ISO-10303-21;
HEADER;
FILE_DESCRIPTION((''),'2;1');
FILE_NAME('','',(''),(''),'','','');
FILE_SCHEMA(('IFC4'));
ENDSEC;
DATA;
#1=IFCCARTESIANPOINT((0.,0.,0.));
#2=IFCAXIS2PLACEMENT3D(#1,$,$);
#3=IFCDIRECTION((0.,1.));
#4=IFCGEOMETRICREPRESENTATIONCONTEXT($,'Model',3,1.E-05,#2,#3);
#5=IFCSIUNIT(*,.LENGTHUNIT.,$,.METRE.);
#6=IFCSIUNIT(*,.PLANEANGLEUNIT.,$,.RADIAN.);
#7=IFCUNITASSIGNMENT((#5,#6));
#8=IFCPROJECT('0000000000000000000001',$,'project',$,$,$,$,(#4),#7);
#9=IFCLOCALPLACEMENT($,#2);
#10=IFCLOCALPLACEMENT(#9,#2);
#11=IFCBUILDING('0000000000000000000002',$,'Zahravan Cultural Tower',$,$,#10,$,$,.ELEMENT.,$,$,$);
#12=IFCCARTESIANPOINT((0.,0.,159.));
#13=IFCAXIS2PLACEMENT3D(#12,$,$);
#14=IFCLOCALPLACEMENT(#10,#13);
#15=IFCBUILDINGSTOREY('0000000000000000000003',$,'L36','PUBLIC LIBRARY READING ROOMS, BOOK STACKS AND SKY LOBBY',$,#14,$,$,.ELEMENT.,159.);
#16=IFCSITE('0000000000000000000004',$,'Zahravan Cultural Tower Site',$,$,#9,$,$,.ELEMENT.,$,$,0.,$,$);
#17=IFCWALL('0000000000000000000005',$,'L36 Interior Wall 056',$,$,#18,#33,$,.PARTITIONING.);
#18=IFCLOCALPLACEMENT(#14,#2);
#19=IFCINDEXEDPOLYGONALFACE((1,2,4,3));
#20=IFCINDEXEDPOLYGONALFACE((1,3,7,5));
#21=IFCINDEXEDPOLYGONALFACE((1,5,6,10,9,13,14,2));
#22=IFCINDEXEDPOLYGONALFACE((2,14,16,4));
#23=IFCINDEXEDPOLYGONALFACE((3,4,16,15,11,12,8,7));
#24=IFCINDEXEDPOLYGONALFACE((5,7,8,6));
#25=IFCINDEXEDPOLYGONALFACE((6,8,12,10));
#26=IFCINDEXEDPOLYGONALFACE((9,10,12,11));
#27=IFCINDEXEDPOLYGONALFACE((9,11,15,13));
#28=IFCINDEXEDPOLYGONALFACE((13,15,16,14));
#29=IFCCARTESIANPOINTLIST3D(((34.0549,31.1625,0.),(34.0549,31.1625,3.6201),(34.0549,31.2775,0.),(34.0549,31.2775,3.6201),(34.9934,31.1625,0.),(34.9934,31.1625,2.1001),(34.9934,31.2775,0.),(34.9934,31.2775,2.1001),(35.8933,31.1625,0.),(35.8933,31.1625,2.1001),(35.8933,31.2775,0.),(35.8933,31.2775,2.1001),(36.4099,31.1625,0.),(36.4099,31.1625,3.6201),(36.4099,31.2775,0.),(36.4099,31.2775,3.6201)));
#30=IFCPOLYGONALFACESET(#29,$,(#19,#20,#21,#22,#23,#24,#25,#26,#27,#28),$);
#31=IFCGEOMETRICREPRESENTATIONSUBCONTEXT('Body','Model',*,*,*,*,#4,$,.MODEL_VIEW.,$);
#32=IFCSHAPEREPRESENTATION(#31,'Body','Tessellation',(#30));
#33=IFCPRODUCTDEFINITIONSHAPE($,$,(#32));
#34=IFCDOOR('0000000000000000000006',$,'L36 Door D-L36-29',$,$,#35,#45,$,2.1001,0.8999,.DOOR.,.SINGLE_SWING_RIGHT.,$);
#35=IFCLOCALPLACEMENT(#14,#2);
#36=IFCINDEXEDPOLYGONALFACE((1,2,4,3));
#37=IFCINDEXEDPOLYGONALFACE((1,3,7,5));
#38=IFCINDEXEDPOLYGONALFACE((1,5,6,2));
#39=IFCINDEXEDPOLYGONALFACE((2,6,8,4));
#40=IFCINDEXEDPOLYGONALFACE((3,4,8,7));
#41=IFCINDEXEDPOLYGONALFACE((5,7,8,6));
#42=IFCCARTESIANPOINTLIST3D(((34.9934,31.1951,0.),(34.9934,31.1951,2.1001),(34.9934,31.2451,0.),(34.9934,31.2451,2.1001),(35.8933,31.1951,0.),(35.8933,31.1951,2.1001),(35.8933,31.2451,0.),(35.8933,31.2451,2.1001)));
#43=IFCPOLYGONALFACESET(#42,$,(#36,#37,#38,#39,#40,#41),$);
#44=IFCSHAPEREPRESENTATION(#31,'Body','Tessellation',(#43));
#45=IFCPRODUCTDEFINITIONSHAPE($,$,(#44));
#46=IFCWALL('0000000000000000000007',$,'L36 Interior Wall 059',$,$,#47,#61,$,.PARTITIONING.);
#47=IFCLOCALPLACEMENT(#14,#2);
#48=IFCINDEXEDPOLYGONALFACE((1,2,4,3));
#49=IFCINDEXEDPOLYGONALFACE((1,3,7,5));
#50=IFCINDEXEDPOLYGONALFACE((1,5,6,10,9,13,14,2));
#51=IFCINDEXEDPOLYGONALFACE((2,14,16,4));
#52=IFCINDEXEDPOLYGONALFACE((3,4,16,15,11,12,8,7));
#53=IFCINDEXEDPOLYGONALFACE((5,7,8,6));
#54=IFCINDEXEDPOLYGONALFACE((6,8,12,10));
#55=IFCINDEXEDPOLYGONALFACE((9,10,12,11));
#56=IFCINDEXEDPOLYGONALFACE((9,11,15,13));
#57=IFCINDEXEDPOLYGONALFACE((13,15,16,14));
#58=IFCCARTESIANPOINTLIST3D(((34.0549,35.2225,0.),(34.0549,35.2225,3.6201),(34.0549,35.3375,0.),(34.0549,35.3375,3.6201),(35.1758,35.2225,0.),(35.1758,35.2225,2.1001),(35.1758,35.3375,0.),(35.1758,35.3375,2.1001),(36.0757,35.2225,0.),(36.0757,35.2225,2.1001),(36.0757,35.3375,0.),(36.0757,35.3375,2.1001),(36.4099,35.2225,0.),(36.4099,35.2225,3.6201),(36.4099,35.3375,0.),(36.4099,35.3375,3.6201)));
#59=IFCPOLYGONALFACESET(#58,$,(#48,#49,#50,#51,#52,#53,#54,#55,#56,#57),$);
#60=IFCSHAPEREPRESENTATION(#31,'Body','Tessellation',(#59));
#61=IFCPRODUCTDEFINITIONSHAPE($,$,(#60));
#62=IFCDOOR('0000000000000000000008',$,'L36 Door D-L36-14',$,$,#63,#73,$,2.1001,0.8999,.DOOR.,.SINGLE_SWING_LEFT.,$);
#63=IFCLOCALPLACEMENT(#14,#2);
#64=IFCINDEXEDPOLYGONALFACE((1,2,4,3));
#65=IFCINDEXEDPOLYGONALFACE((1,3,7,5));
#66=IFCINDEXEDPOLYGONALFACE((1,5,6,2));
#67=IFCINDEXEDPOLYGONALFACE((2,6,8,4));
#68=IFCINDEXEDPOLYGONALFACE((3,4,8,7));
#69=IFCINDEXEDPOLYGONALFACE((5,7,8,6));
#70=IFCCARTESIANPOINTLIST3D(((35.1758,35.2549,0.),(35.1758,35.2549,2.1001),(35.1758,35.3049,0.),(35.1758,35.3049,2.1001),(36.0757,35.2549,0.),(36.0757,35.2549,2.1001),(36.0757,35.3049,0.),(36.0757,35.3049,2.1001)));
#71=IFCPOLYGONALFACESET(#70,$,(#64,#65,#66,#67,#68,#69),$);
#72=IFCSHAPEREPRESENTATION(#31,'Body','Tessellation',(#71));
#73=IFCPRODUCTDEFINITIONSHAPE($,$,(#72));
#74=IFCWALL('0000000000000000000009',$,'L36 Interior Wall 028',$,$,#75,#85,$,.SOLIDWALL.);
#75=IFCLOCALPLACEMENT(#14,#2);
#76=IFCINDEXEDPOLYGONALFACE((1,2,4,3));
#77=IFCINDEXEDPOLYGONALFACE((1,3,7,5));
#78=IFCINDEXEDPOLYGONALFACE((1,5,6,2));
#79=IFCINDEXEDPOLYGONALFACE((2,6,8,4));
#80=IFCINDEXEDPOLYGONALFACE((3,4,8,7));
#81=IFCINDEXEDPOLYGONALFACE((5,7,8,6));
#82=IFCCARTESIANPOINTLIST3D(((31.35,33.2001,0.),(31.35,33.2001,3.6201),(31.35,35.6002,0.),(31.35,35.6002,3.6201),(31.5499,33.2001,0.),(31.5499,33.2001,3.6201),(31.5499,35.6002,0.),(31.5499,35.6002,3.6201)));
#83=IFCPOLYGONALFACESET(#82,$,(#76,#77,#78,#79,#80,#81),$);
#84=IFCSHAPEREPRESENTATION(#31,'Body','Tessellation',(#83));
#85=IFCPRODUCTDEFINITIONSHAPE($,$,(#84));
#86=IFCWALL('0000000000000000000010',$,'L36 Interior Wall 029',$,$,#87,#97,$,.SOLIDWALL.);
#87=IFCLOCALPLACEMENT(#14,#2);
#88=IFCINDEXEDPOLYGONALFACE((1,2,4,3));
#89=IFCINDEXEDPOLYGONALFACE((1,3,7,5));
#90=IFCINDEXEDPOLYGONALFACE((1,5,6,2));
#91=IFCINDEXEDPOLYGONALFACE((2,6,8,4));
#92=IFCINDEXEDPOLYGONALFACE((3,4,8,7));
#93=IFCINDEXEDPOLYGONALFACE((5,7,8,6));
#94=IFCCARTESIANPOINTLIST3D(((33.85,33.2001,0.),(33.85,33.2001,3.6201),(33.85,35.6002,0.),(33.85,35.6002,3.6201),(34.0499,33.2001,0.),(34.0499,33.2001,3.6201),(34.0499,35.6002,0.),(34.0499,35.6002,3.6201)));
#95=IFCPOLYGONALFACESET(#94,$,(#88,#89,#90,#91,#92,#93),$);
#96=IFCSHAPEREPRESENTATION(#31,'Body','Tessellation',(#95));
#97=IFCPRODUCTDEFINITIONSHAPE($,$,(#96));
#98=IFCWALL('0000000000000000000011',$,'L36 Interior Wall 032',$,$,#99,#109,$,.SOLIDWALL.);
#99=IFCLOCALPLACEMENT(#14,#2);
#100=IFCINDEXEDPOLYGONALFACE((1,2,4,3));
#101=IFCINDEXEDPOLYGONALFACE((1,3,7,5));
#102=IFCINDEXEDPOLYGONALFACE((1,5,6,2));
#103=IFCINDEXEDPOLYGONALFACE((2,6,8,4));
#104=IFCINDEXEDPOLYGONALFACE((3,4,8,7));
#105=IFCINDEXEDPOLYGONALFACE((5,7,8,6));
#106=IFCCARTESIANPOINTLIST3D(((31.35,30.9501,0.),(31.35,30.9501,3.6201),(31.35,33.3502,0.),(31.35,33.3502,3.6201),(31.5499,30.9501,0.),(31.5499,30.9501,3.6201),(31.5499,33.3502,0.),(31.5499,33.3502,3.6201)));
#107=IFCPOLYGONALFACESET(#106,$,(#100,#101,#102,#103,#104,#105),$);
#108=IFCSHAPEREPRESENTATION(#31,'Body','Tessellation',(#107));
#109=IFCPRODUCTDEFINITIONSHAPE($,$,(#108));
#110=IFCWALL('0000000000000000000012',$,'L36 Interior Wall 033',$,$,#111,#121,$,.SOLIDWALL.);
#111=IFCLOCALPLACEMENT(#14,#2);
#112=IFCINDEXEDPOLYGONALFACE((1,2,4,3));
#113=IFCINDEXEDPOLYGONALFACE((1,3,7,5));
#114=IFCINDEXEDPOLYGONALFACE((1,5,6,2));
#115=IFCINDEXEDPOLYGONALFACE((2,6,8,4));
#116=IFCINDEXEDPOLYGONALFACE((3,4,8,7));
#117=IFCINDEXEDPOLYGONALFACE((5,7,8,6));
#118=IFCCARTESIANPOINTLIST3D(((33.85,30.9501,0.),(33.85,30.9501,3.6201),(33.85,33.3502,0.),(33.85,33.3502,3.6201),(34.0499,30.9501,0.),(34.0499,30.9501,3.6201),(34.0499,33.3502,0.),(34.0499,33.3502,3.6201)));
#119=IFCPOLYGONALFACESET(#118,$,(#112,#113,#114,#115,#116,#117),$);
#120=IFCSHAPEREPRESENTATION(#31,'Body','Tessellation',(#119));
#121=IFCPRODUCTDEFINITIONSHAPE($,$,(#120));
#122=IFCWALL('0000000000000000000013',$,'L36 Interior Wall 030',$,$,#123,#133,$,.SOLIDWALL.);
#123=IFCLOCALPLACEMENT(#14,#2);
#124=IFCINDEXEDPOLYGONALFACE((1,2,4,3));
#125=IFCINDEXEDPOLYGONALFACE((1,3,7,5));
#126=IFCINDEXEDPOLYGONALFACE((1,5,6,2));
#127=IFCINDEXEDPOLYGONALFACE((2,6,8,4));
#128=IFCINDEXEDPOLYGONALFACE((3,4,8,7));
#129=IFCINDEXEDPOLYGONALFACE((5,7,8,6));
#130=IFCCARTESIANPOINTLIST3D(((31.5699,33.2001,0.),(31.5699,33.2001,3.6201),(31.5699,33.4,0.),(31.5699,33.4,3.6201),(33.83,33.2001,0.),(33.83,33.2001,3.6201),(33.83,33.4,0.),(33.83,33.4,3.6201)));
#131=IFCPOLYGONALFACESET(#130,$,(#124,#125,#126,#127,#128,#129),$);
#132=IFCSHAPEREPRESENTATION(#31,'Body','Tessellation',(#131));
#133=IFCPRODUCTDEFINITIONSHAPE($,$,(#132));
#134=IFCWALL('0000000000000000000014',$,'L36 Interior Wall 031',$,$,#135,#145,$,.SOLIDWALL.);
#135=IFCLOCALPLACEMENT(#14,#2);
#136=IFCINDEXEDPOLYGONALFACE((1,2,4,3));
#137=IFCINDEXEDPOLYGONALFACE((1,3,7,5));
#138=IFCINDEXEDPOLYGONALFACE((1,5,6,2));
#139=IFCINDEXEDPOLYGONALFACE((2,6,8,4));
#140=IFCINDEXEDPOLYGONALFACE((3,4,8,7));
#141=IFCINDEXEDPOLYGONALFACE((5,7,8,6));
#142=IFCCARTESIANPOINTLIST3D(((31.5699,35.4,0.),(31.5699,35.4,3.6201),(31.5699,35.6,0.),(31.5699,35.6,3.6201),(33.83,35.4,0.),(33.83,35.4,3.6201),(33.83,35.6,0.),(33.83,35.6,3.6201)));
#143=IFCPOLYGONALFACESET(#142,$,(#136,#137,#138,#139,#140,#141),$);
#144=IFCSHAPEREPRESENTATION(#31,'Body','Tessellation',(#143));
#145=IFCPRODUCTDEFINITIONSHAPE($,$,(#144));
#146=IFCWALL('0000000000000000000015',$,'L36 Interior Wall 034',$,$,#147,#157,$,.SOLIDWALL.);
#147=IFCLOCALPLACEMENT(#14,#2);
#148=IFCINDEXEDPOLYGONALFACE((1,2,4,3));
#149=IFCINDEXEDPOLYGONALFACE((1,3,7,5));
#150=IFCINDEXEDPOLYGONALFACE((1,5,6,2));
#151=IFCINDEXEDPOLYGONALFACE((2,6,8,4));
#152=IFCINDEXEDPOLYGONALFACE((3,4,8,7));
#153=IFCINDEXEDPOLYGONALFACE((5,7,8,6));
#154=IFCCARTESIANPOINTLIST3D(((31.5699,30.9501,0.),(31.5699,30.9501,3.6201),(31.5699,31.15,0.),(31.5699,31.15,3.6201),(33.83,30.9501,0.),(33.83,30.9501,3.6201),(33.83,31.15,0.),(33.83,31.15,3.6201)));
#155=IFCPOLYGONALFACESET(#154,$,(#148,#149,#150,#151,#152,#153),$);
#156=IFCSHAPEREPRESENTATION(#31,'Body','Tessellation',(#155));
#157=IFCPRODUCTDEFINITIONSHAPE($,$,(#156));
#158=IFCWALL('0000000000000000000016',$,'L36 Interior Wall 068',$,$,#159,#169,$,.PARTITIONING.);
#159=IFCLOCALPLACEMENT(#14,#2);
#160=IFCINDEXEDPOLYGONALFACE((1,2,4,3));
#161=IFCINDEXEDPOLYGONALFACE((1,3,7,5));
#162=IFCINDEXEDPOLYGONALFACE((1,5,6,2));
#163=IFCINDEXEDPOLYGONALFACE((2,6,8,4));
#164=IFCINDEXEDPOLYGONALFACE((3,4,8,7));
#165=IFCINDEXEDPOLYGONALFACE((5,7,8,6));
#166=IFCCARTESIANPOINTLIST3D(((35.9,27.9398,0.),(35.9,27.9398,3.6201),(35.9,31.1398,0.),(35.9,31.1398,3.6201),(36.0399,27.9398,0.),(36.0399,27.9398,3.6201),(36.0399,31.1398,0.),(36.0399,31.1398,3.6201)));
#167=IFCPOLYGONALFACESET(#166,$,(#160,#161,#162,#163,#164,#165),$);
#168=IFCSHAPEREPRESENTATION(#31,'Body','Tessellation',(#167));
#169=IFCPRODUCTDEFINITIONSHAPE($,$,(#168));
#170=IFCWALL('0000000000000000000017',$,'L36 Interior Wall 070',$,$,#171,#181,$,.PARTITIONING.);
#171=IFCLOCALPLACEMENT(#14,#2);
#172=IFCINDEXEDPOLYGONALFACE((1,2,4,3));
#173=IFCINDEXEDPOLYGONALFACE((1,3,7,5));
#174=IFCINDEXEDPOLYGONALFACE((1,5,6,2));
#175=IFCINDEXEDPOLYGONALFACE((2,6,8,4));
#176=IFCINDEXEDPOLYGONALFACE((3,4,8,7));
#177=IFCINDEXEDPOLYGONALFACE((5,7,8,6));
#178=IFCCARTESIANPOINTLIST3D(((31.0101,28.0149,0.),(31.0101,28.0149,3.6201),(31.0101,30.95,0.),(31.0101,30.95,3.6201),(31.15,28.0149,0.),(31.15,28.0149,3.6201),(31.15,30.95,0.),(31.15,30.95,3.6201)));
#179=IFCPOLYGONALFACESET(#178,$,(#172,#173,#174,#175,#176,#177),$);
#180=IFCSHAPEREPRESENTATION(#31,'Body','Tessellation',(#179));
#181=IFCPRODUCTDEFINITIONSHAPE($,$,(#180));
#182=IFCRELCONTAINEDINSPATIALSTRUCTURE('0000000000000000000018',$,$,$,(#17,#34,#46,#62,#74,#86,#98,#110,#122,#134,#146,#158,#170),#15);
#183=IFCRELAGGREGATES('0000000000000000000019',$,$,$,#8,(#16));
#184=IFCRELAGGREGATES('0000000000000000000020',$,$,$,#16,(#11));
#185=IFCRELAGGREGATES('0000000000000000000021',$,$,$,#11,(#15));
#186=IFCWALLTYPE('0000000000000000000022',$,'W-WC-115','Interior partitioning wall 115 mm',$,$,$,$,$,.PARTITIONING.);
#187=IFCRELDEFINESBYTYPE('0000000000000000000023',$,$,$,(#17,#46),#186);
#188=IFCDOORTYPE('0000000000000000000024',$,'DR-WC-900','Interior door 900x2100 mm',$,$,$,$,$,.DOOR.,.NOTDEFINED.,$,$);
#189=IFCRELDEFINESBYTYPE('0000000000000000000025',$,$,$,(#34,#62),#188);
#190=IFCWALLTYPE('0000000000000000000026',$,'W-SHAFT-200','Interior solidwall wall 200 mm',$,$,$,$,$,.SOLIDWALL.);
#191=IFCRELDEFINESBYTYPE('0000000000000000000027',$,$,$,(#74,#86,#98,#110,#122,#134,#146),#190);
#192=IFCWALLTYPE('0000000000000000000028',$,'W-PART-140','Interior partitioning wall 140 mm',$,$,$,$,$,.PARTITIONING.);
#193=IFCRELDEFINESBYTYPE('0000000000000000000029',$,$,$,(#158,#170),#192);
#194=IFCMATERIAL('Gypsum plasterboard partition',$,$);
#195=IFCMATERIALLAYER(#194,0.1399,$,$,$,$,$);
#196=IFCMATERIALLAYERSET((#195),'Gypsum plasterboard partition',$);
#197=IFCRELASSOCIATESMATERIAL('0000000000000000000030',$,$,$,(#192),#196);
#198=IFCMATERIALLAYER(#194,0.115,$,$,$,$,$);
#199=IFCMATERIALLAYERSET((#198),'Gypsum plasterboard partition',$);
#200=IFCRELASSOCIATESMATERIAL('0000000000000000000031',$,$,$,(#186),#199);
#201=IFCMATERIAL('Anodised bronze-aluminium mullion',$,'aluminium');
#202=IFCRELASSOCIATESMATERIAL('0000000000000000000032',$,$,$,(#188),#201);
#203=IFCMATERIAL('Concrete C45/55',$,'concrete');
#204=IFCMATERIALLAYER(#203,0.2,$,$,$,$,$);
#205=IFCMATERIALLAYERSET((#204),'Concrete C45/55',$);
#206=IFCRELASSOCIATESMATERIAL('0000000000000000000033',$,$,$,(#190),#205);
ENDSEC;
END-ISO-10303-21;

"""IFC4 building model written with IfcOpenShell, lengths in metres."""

from ifc_helpers import new_model, si_unit, direction, frame, frame_2d, origin, place, context, subcontext, project, spatial, rectangle, extrude, source, transform, mapped, material, layer, layer_set, type_object, element, fill, save


model = new_model("IFC4")

# Units and contexts
model_context = context("Model", 3, precision=1e-05, world=origin(), true_north=direction((0.0, 1.0)))
body_context = subcontext(model_context, "Body", "Model", "MODEL_VIEW")
ifc_project = project(units=[si_unit("LENGTHUNIT", "METRE"), si_unit("PLANEANGLEUNIT", "RADIAN")], contexts=[model_context])

# Site, building, storey
site_placement = place(None, origin())
site = spatial("IfcSite", under=ifc_project, at=site_placement, Name="Zahravan Cultural Tower Site", CompositionType="ELEMENT", RefElevation=0.0)
building_placement = place(site_placement, origin())
building = spatial("IfcBuilding", under=site, at=building_placement, Name="Zahravan Cultural Tower", CompositionType="ELEMENT")
storey_placement = place(building_placement, frame((0.0, 0.0, 159.0)))
storey = spatial("IfcBuildingStorey", under=building, at=storey_placement, Name="L36", Description="PUBLIC LIBRARY READING ROOMS, BOOK STACKS AND SKY LOBBY", CompositionType="ELEMENT", Elevation=159.0)

# Walls, openings, doors
ifc_material_1 = material(Name="Gypsum plasterboard partition")
ifc_layer_1 = layer(ifc_material_1, 0.1399)
ifc_layer_set_1 = layer_set([ifc_layer_1], Name="Gypsum plasterboard partition")
wall_type_1 = type_object("IfcWallType", Name="W-PART-140", Description="Interior partitioning wall 140 mm", PredefinedType="PARTITIONING", material=ifc_layer_set_1)
ifc_material_2 = material(Name="Anodised bronze-aluminium mullion", Category="aluminium")
ifc_layer_2 = layer(ifc_material_1, 0.115)
ifc_layer_set_2 = layer_set([ifc_layer_2], Name="Gypsum plasterboard partition")
wall_type_2 = type_object("IfcWallType", Name="W-WC-115", Description="Interior partitioning wall 115 mm", PredefinedType="PARTITIONING", material=ifc_layer_set_2)
wall_1_placement = place(storey_placement, frame((36.4099, 31.22, 0.0), z_axis=(0.0, 0.0, 1.0), x_axis=(-1.0, 0.0, 0.0)))
wall_1 = element("IfcWall", 1, at=wall_1_placement, inside=storey, type_object=wall_type_2, Name="L36 Interior Wall 056", PredefinedType="PARTITIONING", context=body_context, shape_type="SweptSolid", body=[
    extrude(rectangle(XDim=2.355, YDim=0.115, at=frame_2d((1.1775, 0.0))), origin(), (0.0, 0.0, 1.0), 3.6201),
])
opening_1_placement = place(wall_1_placement, frame((0.5166, 0.0, 0.0)))
opening_1 = element("IfcOpeningElement", 2, at=opening_1_placement, cuts=wall_1, PredefinedType="OPENING", context=body_context, shape_type="SweptSolid", body=[
    extrude(rectangle(XDim=0.8999, YDim=2.1001, at=frame_2d((0.45, 1.05))), frame((0.0, 0.0674, 0.0), z_axis=(0.0, -1.0, 0.0), x_axis=(1.0, 0.0, 0.0)), (0.0, 0.0, 1.0), 0.135),
])
door_type_1 = type_object("IfcDoorType", Name="DR-WC-900", Description="Interior door 900x2100 mm", OperationType="NOTDEFINED", PredefinedType="DOOR", material=ifc_material_2)
shared_shape_1 = source(origin(), body_context, "Body", "SweptSolid", [
    extrude(rectangle(XDim=0.8999, YDim=2.1001, at=frame_2d((0.45, 1.05))), frame((0.0, 0.0249, 0.0), z_axis=(0.0, -1.0, 0.0), x_axis=(1.0, 0.0, 0.0)), (0.0, 0.0, 1.0), 0.05),
])
door_1_placement = place(opening_1_placement, origin())
door_1 = element("IfcDoor", 3, at=door_1_placement, inside=storey, type_object=door_type_1, Name="L36 Door D-L36-29", OperationType="SINGLE_SWING_RIGHT", OverallHeight=2.1001, OverallWidth=0.8999, PredefinedType="DOOR", context=body_context, shape_type="MappedRepresentation", body=[
    mapped(shared_shape_1, transform((0.0, 0.0, 0.0), x_axis=(1.0, 0.0, 0.0), y_axis=(0.0, 1.0, 0.0), z_axis=(0.0, 0.0, 1.0), scale=1.0)),
])
fill(opening_1, door_1)
wall_2_placement = place(storey_placement, frame((34.0549, 35.28, 0.0), z_axis=(0.0, 0.0, 1.0), x_axis=(1.0, 0.0, 0.0)))
wall_2 = element("IfcWall", 4, at=wall_2_placement, inside=storey, type_object=wall_type_2, Name="L36 Interior Wall 059", PredefinedType="PARTITIONING", context=body_context, shape_type="SweptSolid", body=[
    extrude(rectangle(XDim=2.355, YDim=0.115, at=frame_2d((1.1775, 0.0))), origin(), (0.0, 0.0, 1.0), 3.6201),
])
opening_2_placement = place(wall_2_placement, frame((1.1208, 0.0, 0.0)))
opening_2 = element("IfcOpeningElement", 5, at=opening_2_placement, cuts=wall_2, PredefinedType="OPENING", context=body_context, shape_type="SweptSolid", body=[
    extrude(rectangle(XDim=0.8999, YDim=2.1001, at=frame_2d((0.45, 1.05))), frame((0.0, 0.0674, 0.0), z_axis=(0.0, -1.0, 0.0), x_axis=(1.0, 0.0, 0.0)), (0.0, 0.0, 1.0), 0.135),
])
door_2_placement = place(opening_2_placement, origin())
door_2 = element("IfcDoor", 6, at=door_2_placement, inside=storey, type_object=door_type_1, Name="L36 Door D-L36-14", OperationType="SINGLE_SWING_LEFT", OverallHeight=2.1001, OverallWidth=0.8999, PredefinedType="DOOR", context=body_context, shape_type="MappedRepresentation", body=[
    mapped(shared_shape_1, transform((0.0, 0.0, 0.0), x_axis=(1.0, 0.0, 0.0), y_axis=(0.0, 1.0, 0.0), z_axis=(0.0, 0.0, 1.0), scale=1.0)),
])
fill(opening_2, door_2)

# Walls
ifc_material_3 = material(Name="Concrete C45/55", Category="concrete")
ifc_layer_3 = layer(ifc_material_3, 0.2)
ifc_layer_set_3 = layer_set([ifc_layer_3], Name="Concrete C45/55")
wall_type_3 = type_object("IfcWallType", Name="W-SHAFT-200", Description="Interior solidwall wall 200 mm", PredefinedType="SOLIDWALL", material=ifc_layer_set_3)
shared_shape_2 = source(origin(), body_context, "Body", "SweptSolid", [
    extrude(rectangle(XDim=2.4001, YDim=0.2, at=frame_2d((1.2002, 0.0))), origin(), (0.0, 0.0, 1.0), 3.6201),
])
for number, where, z_axis, x_axis, name in (
    (7, (31.45, 33.2, 0.0), (0.0, 0.0, 1.0), (0.0, 1.0, 0.0), "L36 Interior Wall 028"),
    (8, (33.95, 33.2, 0.0), (0.0, 0.0, 1.0), (0.0, 1.0, 0.0), "L36 Interior Wall 029"),
    (9, (31.45, 30.95, 0.0), (0.0, 0.0, 1.0), (0.0, 1.0, 0.0), "L36 Interior Wall 032"),
    (10, (33.95, 30.95, 0.0), (0.0, 0.0, 1.0), (0.0, 1.0, 0.0), "L36 Interior Wall 033"),
):
    element("IfcWall", number, at=place(storey_placement, frame(where, z_axis=z_axis, x_axis=x_axis)), inside=storey, type_object=wall_type_3, Name=name, PredefinedType="SOLIDWALL", context=body_context, shape_type="MappedRepresentation", body=[
        mapped(shared_shape_2, transform((0.0, 0.0, 0.0), x_axis=(1.0, 0.0, 0.0), y_axis=(0.0, 1.0, 0.0), z_axis=(0.0, 0.0, 1.0), scale=1.0)),
    ])
shared_shape_3 = source(origin(), body_context, "Body", "SweptSolid", [
    extrude(rectangle(XDim=2.26, YDim=0.2, at=frame_2d((1.1299, 0.0))), origin(), (0.0, 0.0, 1.0), 3.6201),
])
for number, where, z_axis, x_axis, name in (
    (11, (31.5701, 33.3, 0.0), (0.0, 0.0, 1.0), (1.0, 0.0, 0.0), "L36 Interior Wall 030"),
    (12, (31.5701, 35.5, 0.0), (0.0, 0.0, 1.0), (1.0, 0.0, 0.0), "L36 Interior Wall 031"),
    (13, (31.5701, 31.05, 0.0), (0.0, 0.0, 1.0), (1.0, 0.0, 0.0), "L36 Interior Wall 034"),
):
    element("IfcWall", number, at=place(storey_placement, frame(where, z_axis=z_axis, x_axis=x_axis)), inside=storey, type_object=wall_type_3, Name=name, PredefinedType="SOLIDWALL", context=body_context, shape_type="MappedRepresentation", body=[
        mapped(shared_shape_3, transform((0.0, 0.0, 0.0), x_axis=(1.0, 0.0, 0.0), y_axis=(0.0, 1.0, 0.0), z_axis=(0.0, 0.0, 1.0), scale=1.0)),
    ])
shared_shape_4 = source(origin(), body_context, "Body", "SweptSolid", [
    extrude(rectangle(XDim=3.2, YDim=0.1399, at=frame_2d((1.6001, 0.0))), origin(), (0.0, 0.0, 1.0), 3.6201),
])
wall_3_placement = place(storey_placement, frame((35.97, 31.1399, 0.0), z_axis=(0.0, 0.0, 1.0), x_axis=(0.0, -1.0, 0.0)))
element("IfcWall", 14, at=wall_3_placement, inside=storey, type_object=wall_type_1, Name="L36 Interior Wall 068", PredefinedType="PARTITIONING", context=body_context, shape_type="MappedRepresentation", body=[
    mapped(shared_shape_4, transform((0.0, 0.0, 0.0), x_axis=(1.0, 0.0, 0.0), y_axis=(0.0, 1.0, 0.0), z_axis=(0.0, 0.0, 1.0), scale=1.0)),
])
shared_shape_5 = source(origin(), body_context, "Body", "SweptSolid", [
    extrude(rectangle(XDim=2.9351, YDim=0.1399, at=frame_2d((1.4675, 0.0))), origin(), (0.0, 0.0, 1.0), 3.6201),
])
wall_4_placement = place(storey_placement, frame((31.0801, 28.0149, 0.0), z_axis=(0.0, 0.0, 1.0), x_axis=(0.0, 1.0, 0.0)))
element("IfcWall", 15, at=wall_4_placement, inside=storey, type_object=wall_type_1, Name="L36 Interior Wall 070", PredefinedType="PARTITIONING", context=body_context, shape_type="MappedRepresentation", body=[
    mapped(shared_shape_5, transform((0.0, 0.0, 0.0), x_axis=(1.0, 0.0, 0.0), y_axis=(0.0, 1.0, 0.0), z_axis=(0.0, 0.0, 1.0), scale=1.0)),
])

save(model, "model.ifc")
